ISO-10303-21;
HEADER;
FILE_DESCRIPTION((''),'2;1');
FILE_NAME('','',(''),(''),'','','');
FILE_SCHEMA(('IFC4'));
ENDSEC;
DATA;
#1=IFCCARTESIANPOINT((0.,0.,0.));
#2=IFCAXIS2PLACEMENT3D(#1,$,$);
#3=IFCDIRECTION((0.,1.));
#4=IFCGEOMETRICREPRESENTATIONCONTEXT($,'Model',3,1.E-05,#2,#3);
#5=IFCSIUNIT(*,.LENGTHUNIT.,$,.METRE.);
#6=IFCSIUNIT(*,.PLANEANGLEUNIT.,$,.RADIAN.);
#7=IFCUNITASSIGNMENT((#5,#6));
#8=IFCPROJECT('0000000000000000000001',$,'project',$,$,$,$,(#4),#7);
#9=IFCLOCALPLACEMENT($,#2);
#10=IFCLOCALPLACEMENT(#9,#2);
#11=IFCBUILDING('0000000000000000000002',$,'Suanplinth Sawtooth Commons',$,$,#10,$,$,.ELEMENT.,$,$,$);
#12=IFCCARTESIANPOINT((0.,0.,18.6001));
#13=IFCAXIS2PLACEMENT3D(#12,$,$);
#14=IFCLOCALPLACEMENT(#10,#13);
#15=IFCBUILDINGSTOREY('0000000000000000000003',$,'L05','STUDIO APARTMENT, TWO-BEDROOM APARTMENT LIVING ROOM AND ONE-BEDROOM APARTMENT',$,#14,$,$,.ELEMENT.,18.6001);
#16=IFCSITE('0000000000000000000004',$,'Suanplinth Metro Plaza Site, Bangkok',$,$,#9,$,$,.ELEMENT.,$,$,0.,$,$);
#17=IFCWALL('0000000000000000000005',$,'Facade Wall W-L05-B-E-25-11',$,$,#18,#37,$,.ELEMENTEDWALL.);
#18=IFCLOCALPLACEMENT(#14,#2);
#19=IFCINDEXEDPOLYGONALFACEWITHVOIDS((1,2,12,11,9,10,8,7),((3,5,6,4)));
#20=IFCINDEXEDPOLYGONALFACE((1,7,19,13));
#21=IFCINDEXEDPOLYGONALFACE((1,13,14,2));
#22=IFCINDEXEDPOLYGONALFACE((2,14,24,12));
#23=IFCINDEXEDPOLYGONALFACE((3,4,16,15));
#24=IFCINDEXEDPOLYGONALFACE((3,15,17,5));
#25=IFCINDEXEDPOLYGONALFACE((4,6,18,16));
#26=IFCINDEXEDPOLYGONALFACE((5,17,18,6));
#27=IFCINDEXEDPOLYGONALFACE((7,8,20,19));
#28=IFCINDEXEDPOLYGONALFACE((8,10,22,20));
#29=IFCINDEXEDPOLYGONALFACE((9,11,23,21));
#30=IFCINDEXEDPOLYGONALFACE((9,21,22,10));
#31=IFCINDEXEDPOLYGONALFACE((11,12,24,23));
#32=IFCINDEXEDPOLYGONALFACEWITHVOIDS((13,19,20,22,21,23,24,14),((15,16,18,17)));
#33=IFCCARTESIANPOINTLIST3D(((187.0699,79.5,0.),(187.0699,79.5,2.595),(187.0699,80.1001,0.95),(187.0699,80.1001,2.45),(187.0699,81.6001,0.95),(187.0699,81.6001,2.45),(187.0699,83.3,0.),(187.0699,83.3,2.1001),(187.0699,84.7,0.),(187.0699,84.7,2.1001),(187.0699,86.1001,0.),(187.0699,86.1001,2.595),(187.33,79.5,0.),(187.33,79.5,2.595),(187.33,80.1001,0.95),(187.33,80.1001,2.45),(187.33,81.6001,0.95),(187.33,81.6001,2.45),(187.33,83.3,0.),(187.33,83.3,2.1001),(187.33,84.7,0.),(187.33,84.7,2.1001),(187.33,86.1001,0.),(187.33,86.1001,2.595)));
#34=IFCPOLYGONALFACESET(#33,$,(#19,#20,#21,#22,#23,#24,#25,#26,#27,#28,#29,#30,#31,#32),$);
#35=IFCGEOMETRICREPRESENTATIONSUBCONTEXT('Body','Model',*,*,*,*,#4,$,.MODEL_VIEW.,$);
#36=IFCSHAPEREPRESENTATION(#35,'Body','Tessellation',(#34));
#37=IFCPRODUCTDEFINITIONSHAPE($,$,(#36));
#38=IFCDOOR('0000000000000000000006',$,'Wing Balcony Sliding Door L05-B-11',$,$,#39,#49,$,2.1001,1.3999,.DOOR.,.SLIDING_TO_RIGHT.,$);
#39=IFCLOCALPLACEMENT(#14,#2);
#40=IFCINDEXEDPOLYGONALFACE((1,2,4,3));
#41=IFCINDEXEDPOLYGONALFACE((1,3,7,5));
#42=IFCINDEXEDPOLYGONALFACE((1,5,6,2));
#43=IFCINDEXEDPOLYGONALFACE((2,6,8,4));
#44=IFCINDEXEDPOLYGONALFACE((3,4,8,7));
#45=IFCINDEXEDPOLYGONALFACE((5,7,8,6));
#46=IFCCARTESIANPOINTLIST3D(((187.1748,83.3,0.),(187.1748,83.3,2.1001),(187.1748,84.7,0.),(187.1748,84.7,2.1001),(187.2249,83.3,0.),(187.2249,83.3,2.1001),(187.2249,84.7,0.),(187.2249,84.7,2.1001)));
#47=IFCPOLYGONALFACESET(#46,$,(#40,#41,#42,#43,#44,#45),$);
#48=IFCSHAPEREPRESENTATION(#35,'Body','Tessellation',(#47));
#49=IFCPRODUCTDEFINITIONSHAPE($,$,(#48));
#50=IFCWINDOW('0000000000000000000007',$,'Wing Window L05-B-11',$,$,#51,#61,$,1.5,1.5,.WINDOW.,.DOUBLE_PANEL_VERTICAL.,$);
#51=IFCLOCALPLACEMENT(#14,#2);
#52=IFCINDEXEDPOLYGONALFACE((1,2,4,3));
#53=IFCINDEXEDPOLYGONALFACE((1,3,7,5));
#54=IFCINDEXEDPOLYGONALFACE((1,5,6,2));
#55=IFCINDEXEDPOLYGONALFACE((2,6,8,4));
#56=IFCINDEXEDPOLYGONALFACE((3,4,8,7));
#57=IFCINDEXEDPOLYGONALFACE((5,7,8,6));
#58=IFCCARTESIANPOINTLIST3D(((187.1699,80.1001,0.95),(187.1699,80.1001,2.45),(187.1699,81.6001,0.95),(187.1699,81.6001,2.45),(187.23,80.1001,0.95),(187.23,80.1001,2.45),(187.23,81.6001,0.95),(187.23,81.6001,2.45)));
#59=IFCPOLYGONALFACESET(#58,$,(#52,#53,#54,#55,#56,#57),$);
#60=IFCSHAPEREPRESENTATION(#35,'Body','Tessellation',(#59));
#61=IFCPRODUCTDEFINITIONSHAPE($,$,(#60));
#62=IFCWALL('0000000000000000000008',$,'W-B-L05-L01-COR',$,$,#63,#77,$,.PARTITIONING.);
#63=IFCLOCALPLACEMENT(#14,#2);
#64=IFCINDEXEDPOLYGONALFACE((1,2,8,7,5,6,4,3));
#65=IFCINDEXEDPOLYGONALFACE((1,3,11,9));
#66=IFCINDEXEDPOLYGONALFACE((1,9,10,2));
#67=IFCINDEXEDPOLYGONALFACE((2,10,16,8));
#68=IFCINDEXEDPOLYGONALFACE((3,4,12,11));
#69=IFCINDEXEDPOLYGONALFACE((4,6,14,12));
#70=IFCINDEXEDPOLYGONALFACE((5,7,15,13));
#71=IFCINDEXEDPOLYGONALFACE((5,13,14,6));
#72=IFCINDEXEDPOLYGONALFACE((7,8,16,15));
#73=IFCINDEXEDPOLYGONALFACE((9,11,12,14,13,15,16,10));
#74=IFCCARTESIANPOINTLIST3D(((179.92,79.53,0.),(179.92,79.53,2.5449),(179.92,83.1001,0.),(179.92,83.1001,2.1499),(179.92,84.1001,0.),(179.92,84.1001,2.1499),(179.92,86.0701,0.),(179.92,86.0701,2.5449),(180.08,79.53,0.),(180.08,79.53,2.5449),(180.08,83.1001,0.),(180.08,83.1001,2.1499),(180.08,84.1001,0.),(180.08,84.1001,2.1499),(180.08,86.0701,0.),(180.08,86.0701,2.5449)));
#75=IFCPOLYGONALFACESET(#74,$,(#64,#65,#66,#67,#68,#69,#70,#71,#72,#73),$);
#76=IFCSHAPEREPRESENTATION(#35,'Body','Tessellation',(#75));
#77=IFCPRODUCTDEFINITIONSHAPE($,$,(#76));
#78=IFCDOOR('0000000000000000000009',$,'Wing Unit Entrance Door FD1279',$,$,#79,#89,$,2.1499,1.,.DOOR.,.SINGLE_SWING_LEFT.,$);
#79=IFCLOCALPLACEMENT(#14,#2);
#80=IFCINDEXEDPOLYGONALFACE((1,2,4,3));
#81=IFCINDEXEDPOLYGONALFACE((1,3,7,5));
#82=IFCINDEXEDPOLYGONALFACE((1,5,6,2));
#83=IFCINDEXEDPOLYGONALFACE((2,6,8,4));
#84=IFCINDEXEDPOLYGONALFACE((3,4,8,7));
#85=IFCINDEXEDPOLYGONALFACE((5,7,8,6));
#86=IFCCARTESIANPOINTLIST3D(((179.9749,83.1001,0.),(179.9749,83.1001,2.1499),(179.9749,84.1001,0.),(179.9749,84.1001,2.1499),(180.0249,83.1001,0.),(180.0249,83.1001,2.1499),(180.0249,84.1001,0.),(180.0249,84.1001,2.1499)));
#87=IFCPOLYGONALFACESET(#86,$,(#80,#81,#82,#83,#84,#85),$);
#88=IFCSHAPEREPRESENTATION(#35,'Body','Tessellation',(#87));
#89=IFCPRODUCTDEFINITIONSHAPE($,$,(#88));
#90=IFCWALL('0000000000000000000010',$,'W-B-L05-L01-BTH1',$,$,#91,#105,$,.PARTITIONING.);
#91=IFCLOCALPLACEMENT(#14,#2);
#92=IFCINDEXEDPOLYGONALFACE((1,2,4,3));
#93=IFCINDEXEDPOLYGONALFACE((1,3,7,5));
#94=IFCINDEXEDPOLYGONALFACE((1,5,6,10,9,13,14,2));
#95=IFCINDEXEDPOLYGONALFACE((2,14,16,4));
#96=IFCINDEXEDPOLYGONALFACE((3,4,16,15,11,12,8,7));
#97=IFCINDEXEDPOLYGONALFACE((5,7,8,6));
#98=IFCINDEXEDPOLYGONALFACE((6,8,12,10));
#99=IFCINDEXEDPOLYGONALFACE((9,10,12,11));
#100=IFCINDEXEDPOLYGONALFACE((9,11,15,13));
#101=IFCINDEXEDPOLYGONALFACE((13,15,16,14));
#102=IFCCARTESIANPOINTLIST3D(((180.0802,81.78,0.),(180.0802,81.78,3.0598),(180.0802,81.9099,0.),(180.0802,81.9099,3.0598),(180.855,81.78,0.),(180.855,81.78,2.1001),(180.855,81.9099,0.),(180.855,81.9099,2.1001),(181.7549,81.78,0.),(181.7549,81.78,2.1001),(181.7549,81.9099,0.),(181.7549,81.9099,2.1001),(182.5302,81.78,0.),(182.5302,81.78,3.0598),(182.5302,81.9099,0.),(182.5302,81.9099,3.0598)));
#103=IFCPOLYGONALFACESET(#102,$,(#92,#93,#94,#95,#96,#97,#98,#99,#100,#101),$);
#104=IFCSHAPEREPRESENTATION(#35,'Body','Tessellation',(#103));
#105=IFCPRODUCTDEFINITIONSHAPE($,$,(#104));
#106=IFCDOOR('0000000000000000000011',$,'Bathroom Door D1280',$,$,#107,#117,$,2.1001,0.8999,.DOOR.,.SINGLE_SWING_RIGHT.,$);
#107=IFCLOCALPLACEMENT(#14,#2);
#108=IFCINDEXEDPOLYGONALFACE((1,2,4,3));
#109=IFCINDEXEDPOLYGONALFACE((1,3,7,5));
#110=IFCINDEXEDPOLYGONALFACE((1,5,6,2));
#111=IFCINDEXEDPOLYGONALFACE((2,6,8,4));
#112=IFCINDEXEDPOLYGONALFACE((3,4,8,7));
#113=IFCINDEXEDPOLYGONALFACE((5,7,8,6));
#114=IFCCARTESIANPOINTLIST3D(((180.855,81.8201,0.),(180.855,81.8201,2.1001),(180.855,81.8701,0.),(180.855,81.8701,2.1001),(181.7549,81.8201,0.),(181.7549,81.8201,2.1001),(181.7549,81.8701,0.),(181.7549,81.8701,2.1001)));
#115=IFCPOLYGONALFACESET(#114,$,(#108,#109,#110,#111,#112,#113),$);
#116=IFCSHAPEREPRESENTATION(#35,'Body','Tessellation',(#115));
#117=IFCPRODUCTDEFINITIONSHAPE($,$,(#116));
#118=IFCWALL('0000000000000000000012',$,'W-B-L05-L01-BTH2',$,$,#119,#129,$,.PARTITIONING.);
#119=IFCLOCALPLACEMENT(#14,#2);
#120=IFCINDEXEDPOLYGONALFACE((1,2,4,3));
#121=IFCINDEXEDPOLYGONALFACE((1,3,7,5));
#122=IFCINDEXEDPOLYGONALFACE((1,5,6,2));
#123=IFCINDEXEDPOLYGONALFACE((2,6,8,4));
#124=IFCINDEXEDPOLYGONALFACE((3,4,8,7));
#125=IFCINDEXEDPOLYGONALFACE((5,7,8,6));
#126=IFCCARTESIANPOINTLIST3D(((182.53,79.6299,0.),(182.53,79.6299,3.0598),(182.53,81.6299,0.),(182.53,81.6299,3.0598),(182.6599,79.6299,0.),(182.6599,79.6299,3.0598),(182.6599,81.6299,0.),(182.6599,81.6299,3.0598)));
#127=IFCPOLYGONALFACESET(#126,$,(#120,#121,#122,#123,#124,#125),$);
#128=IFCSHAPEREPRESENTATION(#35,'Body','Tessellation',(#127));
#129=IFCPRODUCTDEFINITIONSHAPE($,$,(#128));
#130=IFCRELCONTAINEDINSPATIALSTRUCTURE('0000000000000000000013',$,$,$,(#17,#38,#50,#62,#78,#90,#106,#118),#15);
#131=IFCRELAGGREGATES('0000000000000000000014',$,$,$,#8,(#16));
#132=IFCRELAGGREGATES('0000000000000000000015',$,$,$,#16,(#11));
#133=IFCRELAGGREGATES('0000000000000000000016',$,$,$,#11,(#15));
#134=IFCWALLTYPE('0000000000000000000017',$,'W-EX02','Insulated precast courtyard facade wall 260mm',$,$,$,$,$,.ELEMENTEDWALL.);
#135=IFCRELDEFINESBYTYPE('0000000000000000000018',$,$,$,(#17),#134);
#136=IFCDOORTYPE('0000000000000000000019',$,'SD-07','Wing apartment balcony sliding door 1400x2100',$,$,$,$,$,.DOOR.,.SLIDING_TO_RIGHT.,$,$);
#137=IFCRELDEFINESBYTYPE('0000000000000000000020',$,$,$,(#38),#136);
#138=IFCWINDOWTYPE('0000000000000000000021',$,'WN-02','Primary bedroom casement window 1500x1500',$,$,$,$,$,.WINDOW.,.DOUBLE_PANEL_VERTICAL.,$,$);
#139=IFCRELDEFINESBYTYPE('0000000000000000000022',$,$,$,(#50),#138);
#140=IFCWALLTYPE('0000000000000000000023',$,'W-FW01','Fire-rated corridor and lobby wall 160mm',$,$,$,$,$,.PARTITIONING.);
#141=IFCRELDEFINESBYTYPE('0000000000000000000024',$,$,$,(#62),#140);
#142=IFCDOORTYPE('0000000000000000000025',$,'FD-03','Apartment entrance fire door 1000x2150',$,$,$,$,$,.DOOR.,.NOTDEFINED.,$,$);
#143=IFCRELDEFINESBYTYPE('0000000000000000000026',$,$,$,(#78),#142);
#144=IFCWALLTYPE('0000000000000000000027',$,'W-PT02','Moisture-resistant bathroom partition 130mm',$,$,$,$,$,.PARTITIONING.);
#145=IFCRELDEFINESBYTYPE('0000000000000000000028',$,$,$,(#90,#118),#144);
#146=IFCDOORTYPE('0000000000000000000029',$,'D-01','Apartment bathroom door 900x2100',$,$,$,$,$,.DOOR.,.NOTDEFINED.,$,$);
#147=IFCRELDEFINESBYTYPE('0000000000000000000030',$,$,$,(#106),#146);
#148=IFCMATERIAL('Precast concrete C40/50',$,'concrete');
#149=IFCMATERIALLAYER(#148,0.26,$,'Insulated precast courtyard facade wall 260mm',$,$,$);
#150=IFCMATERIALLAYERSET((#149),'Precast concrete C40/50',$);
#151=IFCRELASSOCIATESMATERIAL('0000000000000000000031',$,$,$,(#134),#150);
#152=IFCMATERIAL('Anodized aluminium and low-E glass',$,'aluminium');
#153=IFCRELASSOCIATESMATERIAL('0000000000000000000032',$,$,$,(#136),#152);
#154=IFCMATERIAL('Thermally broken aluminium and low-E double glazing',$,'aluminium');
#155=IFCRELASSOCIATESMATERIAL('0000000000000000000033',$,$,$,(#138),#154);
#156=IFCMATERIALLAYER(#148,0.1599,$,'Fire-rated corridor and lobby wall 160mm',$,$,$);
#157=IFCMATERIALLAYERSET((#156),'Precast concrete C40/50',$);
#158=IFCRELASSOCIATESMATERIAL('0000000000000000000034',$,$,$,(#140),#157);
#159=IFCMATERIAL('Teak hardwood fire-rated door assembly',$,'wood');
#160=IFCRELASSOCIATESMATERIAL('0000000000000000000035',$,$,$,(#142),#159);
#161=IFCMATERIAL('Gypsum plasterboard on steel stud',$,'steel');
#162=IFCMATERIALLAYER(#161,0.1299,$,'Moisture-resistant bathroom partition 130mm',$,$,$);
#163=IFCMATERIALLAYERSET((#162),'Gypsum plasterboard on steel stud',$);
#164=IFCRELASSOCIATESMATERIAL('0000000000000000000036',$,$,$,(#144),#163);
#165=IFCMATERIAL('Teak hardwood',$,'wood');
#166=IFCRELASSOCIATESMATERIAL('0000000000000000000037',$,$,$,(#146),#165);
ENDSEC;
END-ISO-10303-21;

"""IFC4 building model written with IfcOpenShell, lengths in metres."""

from ifc_helpers import new_model, si_unit, direction, frame, frame_2d, origin, place, context, subcontext, project, spatial, rectangle, extrude, material, layer, layer_set, type_object, element, fill, save


model = new_model("IFC4")

# Units and contexts
model_context = context("Model", 3, precision=1e-05, world=origin(), true_north=direction((0.0, 1.0)))
body_context = subcontext(model_context, "Body", "Model", "MODEL_VIEW")
ifc_project = project(units=[si_unit("LENGTHUNIT", "METRE"), si_unit("PLANEANGLEUNIT", "RADIAN")], contexts=[model_context])

# Site, building, storey
site_placement = place(None, origin())
site = spatial("IfcSite", under=ifc_project, at=site_placement, Name="Suanplinth Metro Plaza Site, Bangkok", CompositionType="ELEMENT", RefElevation=0.0)
building_placement = place(site_placement, origin())
building = spatial("IfcBuilding", under=site, at=building_placement, Name="Suanplinth Sawtooth Commons", CompositionType="ELEMENT")
storey_placement = place(building_placement, frame((0.0, 0.0, 18.6001)))
storey = spatial("IfcBuildingStorey", under=building, at=storey_placement, Name="L05", Description="STUDIO APARTMENT, TWO-BEDROOM APARTMENT LIVING ROOM AND ONE-BEDROOM APARTMENT", CompositionType="ELEMENT", Elevation=18.6001)

# Shared definitions
ifc_material_1 = material(Name="Precast concrete C40/50", Category="concrete")

# Shared definitions
ifc_layer_1 = layer(ifc_material_1, 0.26, Name="Insulated precast courtyard facade wall 260mm")
ifc_layer_set_1 = layer_set([ifc_layer_1], Name="Precast concrete C40/50")
wall_type_1 = type_object("IfcWallType", Name="W-EX02", Description="Insulated precast courtyard facade wall 260mm", PredefinedType="ELEMENTEDWALL", material=ifc_layer_set_1)
ifc_material_2 = material(Name="Anodized aluminium and low-E glass", Category="aluminium")
door_type_1 = type_object("IfcDoorType", Name="SD-07", Description="Wing apartment balcony sliding door 1400x2100", OperationType="SLIDING_TO_RIGHT", PredefinedType="DOOR", material=ifc_material_2)

# Wall, openings, door, window
wall_1_placement = place(storey_placement, frame((187.2, 79.5, 0.0), z_axis=(0.0, 0.0, 1.0), x_axis=(0.0, 1.0, 0.0)))
wall_1 = element("IfcWall", 1, at=wall_1_placement, inside=storey, type_object=wall_type_1, Name="Facade Wall W-L05-B-E-25-11", PredefinedType="ELEMENTEDWALL", context=body_context, shape_type="SweptSolid", body=[
    extrude(rectangle(XDim=6.6001, YDim=0.26, at=frame_2d((3.3, 0.0))), origin(), (0.0, 0.0, 1.0), 2.595),
])
opening_1_placement = place(wall_1_placement, frame((3.8, 0.0, 0.0)))
opening_1 = element("IfcOpeningElement", 2, at=opening_1_placement, cuts=wall_1, PredefinedType="OPENING", context=body_context, shape_type="SweptSolid", body=[
    extrude(rectangle(XDim=1.3999, YDim=2.1001, at=frame_2d((0.7, 1.05))), frame((0.0, 0.145, 0.0), z_axis=(0.0, -1.0, 0.0), x_axis=(1.0, 0.0, 0.0)), (0.0, 0.0, 1.0), 0.2898),
])
opening_2_placement = place(wall_1_placement, frame((0.6001, 0.0, 0.95)))
opening_2 = element("IfcOpeningElement", 3, at=opening_2_placement, cuts=wall_1, PredefinedType="OPENING", context=body_context, shape_type="SweptSolid", body=[
    extrude(rectangle(XDim=1.5, YDim=1.5, at=frame_2d((0.75, 0.75))), frame((0.0, 0.145, 0.0), z_axis=(0.0, -1.0, 0.0), x_axis=(1.0, 0.0, 0.0)), (0.0, 0.0, 1.0), 0.2898),
])
door_1_placement = place(opening_1_placement, frame((1.3999, 0.0, 0.0), z_axis=(0.0, 0.0, 1.0), x_axis=(-1.0, 0.0, 0.0)))
door_1 = element("IfcDoor", 4, at=door_1_placement, inside=storey, type_object=door_type_1, Name="Wing Balcony Sliding Door L05-B-11", OperationType="SLIDING_TO_RIGHT", OverallHeight=2.1001, OverallWidth=1.3999, PredefinedType="DOOR", context=body_context, shape_type="SweptSolid", body=[
    extrude(rectangle(XDim=1.3999, YDim=2.1001, at=frame_2d((0.7, 1.05))), frame((0.0, 0.0249, 0.0), z_axis=(0.0, -1.0, 0.0), x_axis=(1.0, 0.0, 0.0)), (0.0, 0.0, 1.0), 0.05),
])
fill(opening_1, door_1)
ifc_material_3 = material(Name="Thermally broken aluminium and low-E double glazing", Category="aluminium")
window_type = type_object("IfcWindowType", Name="WN-02", Description="Primary bedroom casement window 1500x1500", PartitioningType="DOUBLE_PANEL_VERTICAL", PredefinedType="WINDOW", material=ifc_material_3)
window_placement = place(opening_2_placement, origin())
window = element("IfcWindow", 5, at=window_placement, inside=storey, type_object=window_type, Name="Wing Window L05-B-11", OverallHeight=1.5, OverallWidth=1.5, PartitioningType="DOUBLE_PANEL_VERTICAL", PredefinedType="WINDOW", context=body_context, shape_type="SweptSolid", body=[
    extrude(rectangle(XDim=1.5, YDim=1.5, at=frame_2d((0.75, 0.75))), frame((0.0, 0.03, 0.0), z_axis=(0.0, -1.0, 0.0), x_axis=(1.0, 0.0, 0.0)), (0.0, 0.0, 1.0), 0.0601),
])
fill(opening_2, window)

# Walls, openings, doors
ifc_layer_2 = layer(ifc_material_1, 0.1599, Name="Fire-rated corridor and lobby wall 160mm")
ifc_layer_set_2 = layer_set([ifc_layer_2], Name="Precast concrete C40/50")
wall_type_2 = type_object("IfcWallType", Name="W-FW01", Description="Fire-rated corridor and lobby wall 160mm", PredefinedType="PARTITIONING", material=ifc_layer_set_2)
wall_2_placement = place(storey_placement, frame((180.0, 79.53, 0.0), z_axis=(0.0, 0.0, 1.0), x_axis=(0.0, 1.0, 0.0)))
wall_2 = element("IfcWall", 6, at=wall_2_placement, inside=storey, type_object=wall_type_2, Name="W-B-L05-L01-COR", PredefinedType="PARTITIONING", context=body_context, shape_type="SweptSolid", body=[
    extrude(rectangle(XDim=6.54, YDim=0.1599, at=frame_2d((3.27, 0.0))), origin(), (0.0, 0.0, 1.0), 2.5449),
])
opening_3_placement = place(wall_2_placement, frame((3.5701, 0.0, 0.0)))
opening_3 = element("IfcOpeningElement", 7, at=opening_3_placement, cuts=wall_2, PredefinedType="OPENING", context=body_context, shape_type="SweptSolid", body=[
    extrude(rectangle(XDim=1.0, YDim=2.1499, at=frame_2d((0.5, 1.075))), frame((0.0, 0.0947, 0.0), z_axis=(0.0, -1.0, 0.0), x_axis=(1.0, 0.0, 0.0)), (0.0, 0.0, 1.0), 0.1897),
])
ifc_material_4 = material(Name="Teak hardwood fire-rated door assembly", Category="wood")
door_type_2 = type_object("IfcDoorType", Name="FD-03", Description="Apartment entrance fire door 1000x2150", OperationType="NOTDEFINED", PredefinedType="DOOR", material=ifc_material_4)
door_2_placement = place(opening_3_placement, frame((1.0, 0.0, 0.0), z_axis=(0.0, 0.0, 1.0), x_axis=(-1.0, 0.0, 0.0)))
door_2 = element("IfcDoor", 8, at=door_2_placement, inside=storey, type_object=door_type_2, Name="Wing Unit Entrance Door FD1279", OperationType="SINGLE_SWING_LEFT", OverallHeight=2.1499, OverallWidth=1.0, PredefinedType="DOOR", context=body_context, shape_type="SweptSolid", body=[
    extrude(rectangle(XDim=1.0, YDim=2.1499, at=frame_2d((0.5, 1.075))), frame((0.0, 0.0249, 0.0), z_axis=(0.0, -1.0, 0.0), x_axis=(1.0, 0.0, 0.0)), (0.0, 0.0, 1.0), 0.05),
])
fill(opening_3, door_2)
ifc_material_5 = material(Name="Gypsum plasterboard on steel stud", Category="steel")
ifc_layer_3 = layer(ifc_material_5, 0.1299, Name="Moisture-resistant bathroom partition 130mm")
ifc_layer_set_3 = layer_set([ifc_layer_3], Name="Gypsum plasterboard on steel stud")
wall_type_3 = type_object("IfcWallType", Name="W-PT02", Description="Moisture-resistant bathroom partition 130mm", PredefinedType="PARTITIONING", material=ifc_layer_set_3)
wall_3_placement = place(storey_placement, frame((180.0801, 81.845, 0.0), z_axis=(0.0, 0.0, 1.0), x_axis=(1.0, 0.0, 0.0)))
wall_3 = element("IfcWall", 9, at=wall_3_placement, inside=storey, type_object=wall_type_3, Name="W-B-L05-L01-BTH1", PredefinedType="PARTITIONING", context=body_context, shape_type="SweptSolid", body=[
    extrude(rectangle(XDim=2.45, YDim=0.1299, at=frame_2d((1.2251, 0.0))), origin(), (0.0, 0.0, 1.0), 3.0598),
])
opening_4_placement = place(wall_3_placement, frame((0.7749, 0.0, 0.0)))
opening_4 = element("IfcOpeningElement", 10, at=opening_4_placement, cuts=wall_3, PredefinedType="OPENING", context=body_context, shape_type="SweptSolid", body=[
    extrude(rectangle(XDim=0.8999, YDim=2.1001, at=frame_2d((0.45, 1.05))), frame((0.0, 0.0798, 0.0), z_axis=(0.0, -1.0, 0.0), x_axis=(1.0, 0.0, 0.0)), (0.0, 0.0, 1.0), 0.1597),
])
ifc_material_6 = material(Name="Teak hardwood", Category="wood")
door_type_3 = type_object("IfcDoorType", Name="D-01", Description="Apartment bathroom door 900x2100", OperationType="NOTDEFINED", PredefinedType="DOOR", material=ifc_material_6)
door_3_placement = place(opening_4_placement, frame((0.8999, 0.0, 0.0), z_axis=(0.0, 0.0, 1.0), x_axis=(-1.0, 0.0, 0.0)))
door_3 = element("IfcDoor", 11, at=door_3_placement, inside=storey, type_object=door_type_3, Name="Bathroom Door D1280", OperationType="SINGLE_SWING_RIGHT", OverallHeight=2.1001, OverallWidth=0.8999, PredefinedType="DOOR", context=body_context, shape_type="SweptSolid", body=[
    extrude(rectangle(XDim=0.8999, YDim=2.1001, at=frame_2d((0.45, 1.05))), frame((0.0, 0.0249, 0.0), z_axis=(0.0, -1.0, 0.0), x_axis=(1.0, 0.0, 0.0)), (0.0, 0.0, 1.0), 0.05),
])
fill(opening_4, door_3)

# Wall
wall_4_placement = place(storey_placement, frame((182.595, 79.6299, 0.0), z_axis=(0.0, 0.0, 1.0), x_axis=(0.0, 1.0, 0.0)))
element("IfcWall", 12, at=wall_4_placement, inside=storey, type_object=wall_type_3, Name="W-B-L05-L01-BTH2", PredefinedType="PARTITIONING", context=body_context, shape_type="SweptSolid", body=[
    extrude(rectangle(XDim=2.0, YDim=0.1299, at=frame_2d((1.0, 0.0))), origin(), (0.0, 0.0, 1.0), 3.0598),
])

save(model, "model.ifc")
